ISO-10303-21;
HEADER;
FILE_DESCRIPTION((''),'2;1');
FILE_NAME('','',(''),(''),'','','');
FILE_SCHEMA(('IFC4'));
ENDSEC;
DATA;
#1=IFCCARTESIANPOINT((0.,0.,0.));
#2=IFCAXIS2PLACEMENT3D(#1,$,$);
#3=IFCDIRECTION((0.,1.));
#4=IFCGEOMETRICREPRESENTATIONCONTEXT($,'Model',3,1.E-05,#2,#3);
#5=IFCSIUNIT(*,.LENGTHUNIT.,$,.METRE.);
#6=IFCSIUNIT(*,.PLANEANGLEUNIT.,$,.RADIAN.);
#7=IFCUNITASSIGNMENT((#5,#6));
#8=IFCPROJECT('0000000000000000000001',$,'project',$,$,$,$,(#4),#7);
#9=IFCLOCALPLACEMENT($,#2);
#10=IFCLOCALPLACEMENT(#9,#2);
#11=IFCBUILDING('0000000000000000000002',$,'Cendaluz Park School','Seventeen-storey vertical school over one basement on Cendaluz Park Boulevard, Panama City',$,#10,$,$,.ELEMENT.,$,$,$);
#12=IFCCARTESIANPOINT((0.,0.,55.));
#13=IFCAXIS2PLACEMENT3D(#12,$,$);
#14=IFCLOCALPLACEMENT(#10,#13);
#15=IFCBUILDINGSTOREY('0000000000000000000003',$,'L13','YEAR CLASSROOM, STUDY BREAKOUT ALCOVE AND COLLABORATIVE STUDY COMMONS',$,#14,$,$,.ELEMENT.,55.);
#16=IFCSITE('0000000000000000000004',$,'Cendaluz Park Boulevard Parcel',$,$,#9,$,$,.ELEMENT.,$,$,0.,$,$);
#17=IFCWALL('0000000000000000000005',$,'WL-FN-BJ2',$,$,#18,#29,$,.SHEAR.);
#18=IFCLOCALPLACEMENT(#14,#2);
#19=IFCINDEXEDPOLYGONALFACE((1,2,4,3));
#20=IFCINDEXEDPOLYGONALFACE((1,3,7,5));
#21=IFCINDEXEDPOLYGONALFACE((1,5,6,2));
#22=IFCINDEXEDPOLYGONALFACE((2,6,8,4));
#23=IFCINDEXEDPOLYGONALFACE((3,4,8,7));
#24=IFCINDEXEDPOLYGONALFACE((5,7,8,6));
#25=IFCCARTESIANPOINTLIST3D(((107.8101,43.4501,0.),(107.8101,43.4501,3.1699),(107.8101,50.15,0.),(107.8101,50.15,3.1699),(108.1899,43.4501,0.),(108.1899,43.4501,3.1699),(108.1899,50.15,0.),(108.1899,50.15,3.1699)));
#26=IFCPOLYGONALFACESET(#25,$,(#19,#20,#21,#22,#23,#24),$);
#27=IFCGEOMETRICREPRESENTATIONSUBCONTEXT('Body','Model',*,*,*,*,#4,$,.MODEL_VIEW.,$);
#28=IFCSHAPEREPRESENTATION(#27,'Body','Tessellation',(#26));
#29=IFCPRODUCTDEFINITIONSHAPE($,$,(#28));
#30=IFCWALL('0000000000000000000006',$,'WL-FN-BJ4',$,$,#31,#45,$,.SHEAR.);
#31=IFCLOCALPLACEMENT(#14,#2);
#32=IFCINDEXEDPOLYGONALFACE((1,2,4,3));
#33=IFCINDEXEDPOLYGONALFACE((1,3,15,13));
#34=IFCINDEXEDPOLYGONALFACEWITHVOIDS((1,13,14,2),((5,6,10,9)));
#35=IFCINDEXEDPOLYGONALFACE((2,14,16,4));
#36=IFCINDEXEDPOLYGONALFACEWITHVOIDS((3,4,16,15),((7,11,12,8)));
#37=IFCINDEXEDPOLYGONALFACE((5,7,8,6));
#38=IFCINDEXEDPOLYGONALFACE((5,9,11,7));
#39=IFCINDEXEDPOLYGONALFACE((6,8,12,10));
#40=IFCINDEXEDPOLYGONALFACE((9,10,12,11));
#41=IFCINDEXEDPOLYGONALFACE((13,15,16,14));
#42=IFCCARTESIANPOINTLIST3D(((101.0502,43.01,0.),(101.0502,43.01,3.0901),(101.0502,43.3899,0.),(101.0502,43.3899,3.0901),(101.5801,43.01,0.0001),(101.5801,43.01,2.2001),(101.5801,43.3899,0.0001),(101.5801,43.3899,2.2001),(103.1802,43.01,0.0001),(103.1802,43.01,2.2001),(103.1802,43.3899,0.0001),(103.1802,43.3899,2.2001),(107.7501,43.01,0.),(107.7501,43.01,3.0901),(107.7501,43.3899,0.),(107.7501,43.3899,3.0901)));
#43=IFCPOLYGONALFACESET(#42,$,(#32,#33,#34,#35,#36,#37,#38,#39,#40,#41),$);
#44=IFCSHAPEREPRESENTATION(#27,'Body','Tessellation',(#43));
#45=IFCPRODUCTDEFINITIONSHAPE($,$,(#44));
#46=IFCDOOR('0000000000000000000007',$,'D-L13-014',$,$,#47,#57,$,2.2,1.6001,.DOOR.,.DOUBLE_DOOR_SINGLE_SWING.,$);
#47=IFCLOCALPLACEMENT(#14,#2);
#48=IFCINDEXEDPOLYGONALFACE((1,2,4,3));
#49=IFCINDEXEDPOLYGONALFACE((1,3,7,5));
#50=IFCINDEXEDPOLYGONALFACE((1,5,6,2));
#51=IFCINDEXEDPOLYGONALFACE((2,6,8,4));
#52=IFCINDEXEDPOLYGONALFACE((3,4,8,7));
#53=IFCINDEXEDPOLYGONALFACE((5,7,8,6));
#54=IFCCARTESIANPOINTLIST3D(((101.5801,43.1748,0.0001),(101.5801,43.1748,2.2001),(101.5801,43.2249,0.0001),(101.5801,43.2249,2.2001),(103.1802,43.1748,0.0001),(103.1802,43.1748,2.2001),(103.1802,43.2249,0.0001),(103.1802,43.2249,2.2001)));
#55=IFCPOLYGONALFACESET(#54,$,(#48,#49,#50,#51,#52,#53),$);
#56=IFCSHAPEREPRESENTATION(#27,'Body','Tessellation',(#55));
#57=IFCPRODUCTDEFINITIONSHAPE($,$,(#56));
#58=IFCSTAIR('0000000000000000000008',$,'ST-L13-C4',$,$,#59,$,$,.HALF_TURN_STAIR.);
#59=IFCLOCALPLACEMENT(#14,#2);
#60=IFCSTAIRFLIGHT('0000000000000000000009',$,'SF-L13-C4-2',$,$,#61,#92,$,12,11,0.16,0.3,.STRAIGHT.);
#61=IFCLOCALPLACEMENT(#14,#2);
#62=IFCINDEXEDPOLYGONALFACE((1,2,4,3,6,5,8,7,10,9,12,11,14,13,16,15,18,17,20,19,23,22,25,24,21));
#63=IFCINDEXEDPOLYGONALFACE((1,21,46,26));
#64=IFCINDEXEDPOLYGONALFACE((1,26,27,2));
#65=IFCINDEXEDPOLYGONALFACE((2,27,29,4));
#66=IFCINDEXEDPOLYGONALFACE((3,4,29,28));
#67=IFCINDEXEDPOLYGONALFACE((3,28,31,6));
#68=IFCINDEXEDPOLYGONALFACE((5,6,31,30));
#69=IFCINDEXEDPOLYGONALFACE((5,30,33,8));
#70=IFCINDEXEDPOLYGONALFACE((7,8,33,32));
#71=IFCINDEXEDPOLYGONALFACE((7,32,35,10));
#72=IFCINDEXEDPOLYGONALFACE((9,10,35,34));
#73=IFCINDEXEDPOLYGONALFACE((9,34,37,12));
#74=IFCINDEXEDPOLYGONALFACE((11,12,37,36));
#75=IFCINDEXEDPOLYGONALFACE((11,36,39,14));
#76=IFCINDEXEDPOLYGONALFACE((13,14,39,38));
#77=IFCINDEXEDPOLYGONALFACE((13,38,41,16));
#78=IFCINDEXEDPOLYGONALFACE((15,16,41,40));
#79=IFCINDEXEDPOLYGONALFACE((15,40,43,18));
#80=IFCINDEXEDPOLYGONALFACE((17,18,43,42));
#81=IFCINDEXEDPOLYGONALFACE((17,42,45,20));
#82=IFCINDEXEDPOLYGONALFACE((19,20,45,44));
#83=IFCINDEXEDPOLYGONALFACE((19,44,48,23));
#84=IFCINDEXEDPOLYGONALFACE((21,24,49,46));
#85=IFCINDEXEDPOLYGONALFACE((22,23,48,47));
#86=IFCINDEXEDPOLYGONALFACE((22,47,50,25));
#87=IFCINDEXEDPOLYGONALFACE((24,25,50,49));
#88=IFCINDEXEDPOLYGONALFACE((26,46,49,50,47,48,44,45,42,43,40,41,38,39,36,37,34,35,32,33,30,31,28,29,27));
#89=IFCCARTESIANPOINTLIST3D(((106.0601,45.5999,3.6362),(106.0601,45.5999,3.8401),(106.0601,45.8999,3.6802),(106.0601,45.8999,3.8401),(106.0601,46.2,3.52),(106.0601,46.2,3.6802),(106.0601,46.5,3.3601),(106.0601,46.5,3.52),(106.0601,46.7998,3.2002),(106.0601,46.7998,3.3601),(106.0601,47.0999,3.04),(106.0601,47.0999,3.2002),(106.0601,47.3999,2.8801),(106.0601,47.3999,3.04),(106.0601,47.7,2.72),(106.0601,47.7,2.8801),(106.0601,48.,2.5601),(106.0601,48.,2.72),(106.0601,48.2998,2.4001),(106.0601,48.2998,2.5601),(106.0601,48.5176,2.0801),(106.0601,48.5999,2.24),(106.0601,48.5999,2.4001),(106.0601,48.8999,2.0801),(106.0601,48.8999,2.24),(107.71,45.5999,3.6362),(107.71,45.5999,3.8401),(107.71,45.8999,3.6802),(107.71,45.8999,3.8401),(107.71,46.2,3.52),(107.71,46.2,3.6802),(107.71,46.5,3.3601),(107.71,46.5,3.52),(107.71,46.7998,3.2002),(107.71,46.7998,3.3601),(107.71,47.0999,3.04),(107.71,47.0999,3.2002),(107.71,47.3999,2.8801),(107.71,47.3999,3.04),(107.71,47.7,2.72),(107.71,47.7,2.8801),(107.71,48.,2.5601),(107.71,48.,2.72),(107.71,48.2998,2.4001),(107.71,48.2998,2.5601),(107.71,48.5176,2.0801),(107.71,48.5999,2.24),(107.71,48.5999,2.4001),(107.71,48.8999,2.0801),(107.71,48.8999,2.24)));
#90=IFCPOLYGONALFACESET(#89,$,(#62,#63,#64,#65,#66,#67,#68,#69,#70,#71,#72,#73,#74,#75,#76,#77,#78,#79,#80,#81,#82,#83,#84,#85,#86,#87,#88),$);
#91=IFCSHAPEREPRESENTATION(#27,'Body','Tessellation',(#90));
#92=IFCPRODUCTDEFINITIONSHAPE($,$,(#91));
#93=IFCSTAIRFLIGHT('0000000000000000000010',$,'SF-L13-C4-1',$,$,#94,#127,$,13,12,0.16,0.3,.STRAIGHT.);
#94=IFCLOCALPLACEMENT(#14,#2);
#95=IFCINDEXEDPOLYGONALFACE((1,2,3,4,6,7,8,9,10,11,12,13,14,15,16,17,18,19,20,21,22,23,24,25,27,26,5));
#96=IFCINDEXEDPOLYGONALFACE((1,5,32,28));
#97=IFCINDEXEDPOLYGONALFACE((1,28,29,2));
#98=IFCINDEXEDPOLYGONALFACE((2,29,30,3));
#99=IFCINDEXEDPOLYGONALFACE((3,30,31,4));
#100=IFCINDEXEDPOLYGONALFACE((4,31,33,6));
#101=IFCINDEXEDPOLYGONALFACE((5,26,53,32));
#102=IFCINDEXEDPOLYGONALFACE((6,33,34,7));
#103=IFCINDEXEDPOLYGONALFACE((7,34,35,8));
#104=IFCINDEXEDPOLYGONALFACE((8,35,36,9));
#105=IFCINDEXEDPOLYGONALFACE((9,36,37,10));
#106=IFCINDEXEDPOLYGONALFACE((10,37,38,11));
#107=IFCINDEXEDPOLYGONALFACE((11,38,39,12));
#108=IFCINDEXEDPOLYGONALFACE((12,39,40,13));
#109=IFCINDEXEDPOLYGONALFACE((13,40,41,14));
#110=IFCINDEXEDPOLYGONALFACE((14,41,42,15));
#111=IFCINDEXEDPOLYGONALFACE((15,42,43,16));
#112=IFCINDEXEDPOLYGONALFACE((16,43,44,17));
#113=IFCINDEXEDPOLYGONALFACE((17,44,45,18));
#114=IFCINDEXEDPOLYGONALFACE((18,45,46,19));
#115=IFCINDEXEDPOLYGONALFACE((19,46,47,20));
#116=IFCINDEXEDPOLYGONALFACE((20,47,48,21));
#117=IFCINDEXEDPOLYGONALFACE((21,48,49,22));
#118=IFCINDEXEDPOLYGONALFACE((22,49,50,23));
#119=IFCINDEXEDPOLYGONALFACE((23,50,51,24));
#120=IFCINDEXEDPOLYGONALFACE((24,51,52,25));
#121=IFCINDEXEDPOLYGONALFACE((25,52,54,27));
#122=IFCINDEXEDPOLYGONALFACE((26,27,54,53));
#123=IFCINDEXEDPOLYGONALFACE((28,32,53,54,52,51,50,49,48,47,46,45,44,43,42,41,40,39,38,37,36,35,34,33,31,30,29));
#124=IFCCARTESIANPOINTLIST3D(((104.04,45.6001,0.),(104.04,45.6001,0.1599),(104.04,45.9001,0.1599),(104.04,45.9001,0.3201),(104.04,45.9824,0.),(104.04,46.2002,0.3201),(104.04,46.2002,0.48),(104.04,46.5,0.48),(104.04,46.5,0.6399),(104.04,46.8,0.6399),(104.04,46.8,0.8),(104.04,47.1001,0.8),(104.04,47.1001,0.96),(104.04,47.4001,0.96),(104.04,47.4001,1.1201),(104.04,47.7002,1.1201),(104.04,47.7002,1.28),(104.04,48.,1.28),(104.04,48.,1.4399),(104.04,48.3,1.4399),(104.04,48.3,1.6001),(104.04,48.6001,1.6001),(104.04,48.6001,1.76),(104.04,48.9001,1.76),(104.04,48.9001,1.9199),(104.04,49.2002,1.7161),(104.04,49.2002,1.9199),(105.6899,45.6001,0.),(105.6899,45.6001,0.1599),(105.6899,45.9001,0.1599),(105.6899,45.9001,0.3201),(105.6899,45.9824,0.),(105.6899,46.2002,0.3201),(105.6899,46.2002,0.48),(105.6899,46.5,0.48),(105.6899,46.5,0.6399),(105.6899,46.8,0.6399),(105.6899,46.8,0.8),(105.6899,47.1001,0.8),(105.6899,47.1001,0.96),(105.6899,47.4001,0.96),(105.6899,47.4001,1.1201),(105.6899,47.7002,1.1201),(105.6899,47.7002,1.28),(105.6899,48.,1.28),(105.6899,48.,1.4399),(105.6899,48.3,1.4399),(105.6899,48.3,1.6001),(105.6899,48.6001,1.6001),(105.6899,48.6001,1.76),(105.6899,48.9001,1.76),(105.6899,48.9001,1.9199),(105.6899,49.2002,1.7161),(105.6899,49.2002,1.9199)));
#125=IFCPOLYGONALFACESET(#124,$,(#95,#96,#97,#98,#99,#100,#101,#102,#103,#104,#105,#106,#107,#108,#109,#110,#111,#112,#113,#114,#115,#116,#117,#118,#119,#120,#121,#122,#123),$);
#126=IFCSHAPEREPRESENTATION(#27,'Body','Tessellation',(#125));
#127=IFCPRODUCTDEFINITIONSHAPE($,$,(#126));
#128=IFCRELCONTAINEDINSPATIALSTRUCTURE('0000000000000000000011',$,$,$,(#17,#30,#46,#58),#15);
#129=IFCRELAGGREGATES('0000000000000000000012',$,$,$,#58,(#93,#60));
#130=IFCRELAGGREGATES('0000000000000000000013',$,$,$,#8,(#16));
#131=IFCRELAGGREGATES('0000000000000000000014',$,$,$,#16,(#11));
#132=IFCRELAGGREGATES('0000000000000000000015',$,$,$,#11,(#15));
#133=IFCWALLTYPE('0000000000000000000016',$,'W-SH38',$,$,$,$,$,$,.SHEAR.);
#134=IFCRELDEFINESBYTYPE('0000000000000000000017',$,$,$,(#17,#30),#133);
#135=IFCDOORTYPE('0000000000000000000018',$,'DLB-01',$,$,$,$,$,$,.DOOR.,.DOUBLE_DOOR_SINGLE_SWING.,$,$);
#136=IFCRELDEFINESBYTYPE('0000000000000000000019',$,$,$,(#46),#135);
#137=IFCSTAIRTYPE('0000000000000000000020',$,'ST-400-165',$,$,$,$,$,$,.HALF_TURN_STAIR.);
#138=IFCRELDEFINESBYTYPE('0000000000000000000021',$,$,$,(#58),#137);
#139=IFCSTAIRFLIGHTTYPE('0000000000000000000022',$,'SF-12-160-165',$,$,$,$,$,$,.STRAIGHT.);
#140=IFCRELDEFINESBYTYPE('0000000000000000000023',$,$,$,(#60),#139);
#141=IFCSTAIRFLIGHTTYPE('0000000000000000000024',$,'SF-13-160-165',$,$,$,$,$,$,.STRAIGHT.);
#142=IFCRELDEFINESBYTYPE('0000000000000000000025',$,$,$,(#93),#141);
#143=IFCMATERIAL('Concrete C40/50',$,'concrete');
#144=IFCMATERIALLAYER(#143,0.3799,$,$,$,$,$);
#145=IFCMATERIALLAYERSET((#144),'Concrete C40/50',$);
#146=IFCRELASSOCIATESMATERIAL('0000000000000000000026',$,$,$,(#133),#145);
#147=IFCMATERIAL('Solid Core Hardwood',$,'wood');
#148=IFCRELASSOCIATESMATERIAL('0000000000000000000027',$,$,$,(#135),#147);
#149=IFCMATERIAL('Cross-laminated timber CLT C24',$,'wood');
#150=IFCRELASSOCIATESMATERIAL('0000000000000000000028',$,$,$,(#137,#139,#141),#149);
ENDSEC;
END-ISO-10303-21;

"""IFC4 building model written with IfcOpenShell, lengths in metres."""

from ifc_helpers import new_model, si_unit, direction, frame, frame_2d, origin, place, context, subcontext, project, spatial, polyline, rectangle, outline, extrude, material, layer, layer_set, type_object, element, fill, aggregate, save


model = new_model("IFC4")

# Units and contexts
model_context = context("Model", 3, precision=1e-05, world=origin(), true_north=direction((0.0, 1.0)))
body_context = subcontext(model_context, "Body", "Model", "MODEL_VIEW")
ifc_project = project(units=[si_unit("LENGTHUNIT", "METRE"), si_unit("PLANEANGLEUNIT", "RADIAN")], contexts=[model_context])

# Site, building, storey
site_placement = place(None, origin())
site = spatial("IfcSite", under=ifc_project, at=site_placement, Name="Cendaluz Park Boulevard Parcel", CompositionType="ELEMENT", RefElevation=0.0)
building_placement = place(site_placement, origin())
building = spatial("IfcBuilding", under=site, at=building_placement, Name="Cendaluz Park School", Description="Seventeen-storey vertical school over one basement on Cendaluz Park Boulevard, Panama City", CompositionType="ELEMENT")
storey_placement = place(building_placement, frame((0.0, 0.0, 55.0)))
storey = spatial("IfcBuildingStorey", under=building, at=storey_placement, Name="L13", Description="YEAR CLASSROOM, STUDY BREAKOUT ALCOVE AND COLLABORATIVE STUDY COMMONS", CompositionType="ELEMENT", Elevation=55.0)

# Shared definitions
ifc_material_1 = material(Name="Cross-laminated timber CLT C24", Category="wood")

# Shared definitions
ifc_material_2 = material(Name="Concrete C40/50", Category="concrete")
ifc_material_3 = material(Name="Solid Core Hardwood", Category="wood")

# Shared definitions
ifc_layer_1 = layer(ifc_material_2, 0.3799)
ifc_layer_set_1 = layer_set([ifc_layer_1], Name="Concrete C40/50")
wall_type_1 = type_object("IfcWallType", Name="W-SH38", PredefinedType="SHEAR", material=ifc_layer_set_1)
door_type_1 = type_object("IfcDoorType", Name="DLB-01", OperationType="DOUBLE_DOOR_SINGLE_SWING", PredefinedType="DOOR", material=ifc_material_3)

# Wall
wall_1_placement = place(storey_placement, frame((108.0, 43.45, 0.0), z_axis=(0.0, 0.0, 1.0), x_axis=(0.0, 1.0, 0.0)))
element("IfcWall", 1, at=wall_1_placement, inside=storey, type_object=wall_type_1, Name="WL-FN-BJ2", PredefinedType="SHEAR", context=body_context, shape_type="SweptSolid", body=[
    extrude(rectangle(XDim=6.7, YDim=0.3799, at=frame_2d((3.3501, 0.0))), origin(), (0.0, 0.0, 1.0), 3.1699),
])

# Wall, opening, door
wall_2_placement = place(storey_placement, frame((101.05, 43.2, 0.0), z_axis=(0.0, 0.0, 1.0), x_axis=(1.0, 0.0, 0.0)))
wall_2 = element("IfcWall", 2, at=wall_2_placement, inside=storey, type_object=wall_type_1, Name="WL-FN-BJ4", PredefinedType="SHEAR", context=body_context, shape_type="SweptSolid", body=[
    extrude(rectangle(XDim=6.7, YDim=0.3799, at=frame_2d((3.3501, 0.0))), origin(), (0.0, 0.0, 1.0), 3.0901),
])
opening_1_placement = place(wall_2_placement, frame((0.53, 0.0, 0.0)))
opening_1 = element("IfcOpeningElement", 3, at=opening_1_placement, cuts=wall_2, PredefinedType="OPENING", context=body_context, shape_type="SweptSolid", body=[
    extrude(rectangle(XDim=1.6001, YDim=2.2, at=frame_2d((0.8, 1.1001))), frame((0.0, 0.2019, 0.0), z_axis=(0.0, -1.0, 0.0), x_axis=(1.0, 0.0, 0.0)), (0.0, 0.0, 1.0), 0.4038),
])
door_1_placement = place(opening_1_placement, origin())
door_1 = element("IfcDoor", 4, at=door_1_placement, inside=storey, type_object=door_type_1, Name="D-L13-014", OperationType="DOUBLE_DOOR_SINGLE_SWING", OverallHeight=2.2, OverallWidth=1.6001, PredefinedType="DOOR", context=body_context, shape_type="SweptSolid", body=[
    extrude(rectangle(XDim=1.6001, YDim=2.2, at=frame_2d((0.8, 1.1001))), frame((0.0, 0.0249, 0.0), z_axis=(0.0, -1.0, 0.0), x_axis=(1.0, 0.0, 0.0)), (0.0, 0.0, 1.0), 0.05),
])
fill(opening_1, door_1)

# Stair, stair flights
stair_type = type_object("IfcStairType", Name="ST-400-165", PredefinedType="HALF_TURN_STAIR", material=ifc_material_1)
stair_placement = place(storey_placement, origin())
stair = element("IfcStair", 5, at=stair_placement, inside=storey, type_object=stair_type, Name="ST-L13-C4", PredefinedType="HALF_TURN_STAIR")
stair_flight_type_1 = type_object("IfcStairFlightType", Name="SF-12-160-165", PredefinedType="STRAIGHT", material=ifc_material_1)
stair_flight_1_placement = place(storey_placement, frame((106.885, 48.8999, 2.0801), z_axis=(0.0, 0.0, 1.0), x_axis=(0.0, -1.0, 0.0)))
stair_flight_1 = element("IfcStairFlight", 6, at=stair_flight_1_placement, type_object=stair_flight_type_1, Name="SF-L13-C4-2", NumberOfRisers=12, NumberOfTreads=11, PredefinedType="STRAIGHT", RiserHeight=0.16, TreadLength=0.3, context=body_context, shape_type="SweptSolid", body=[
    extrude(outline(polyline([(0.0, 0.0), (0.0, 0.1599), (0.3, 0.1599), (0.3, 0.3201), (0.6001, 0.3201), (0.6001, 0.48), (0.8999, 0.48), (0.8999, 0.6399), (1.2, 0.6399), (1.2, 0.8), (1.5, 0.8), (1.5, 0.96), (1.8, 0.96), (1.8, 1.1201), (2.1001, 1.1201), (2.1001, 1.28), (2.3999, 1.28), (2.3999, 1.4399), (2.7, 1.4399), (2.7, 1.6001), (3.0, 1.6001), (3.0, 1.76), (3.3, 1.76), (3.3, 1.9199), (3.3, 1.5562), (0.3823, 0.0), (0.0, 0.0)])), frame((0.0, 0.825, 0.0), z_axis=(0.0, -1.0, 0.0), x_axis=(1.0, 0.0, 0.0)), (0.0, 0.0, 1.0), 1.6499),
])
stair_flight_type_2 = type_object("IfcStairFlightType", Name="SF-13-160-165", PredefinedType="STRAIGHT", material=ifc_material_1)
stair_flight_2_placement = place(storey_placement, frame((104.865, 45.6001, 0.0), z_axis=(0.0, 0.0, 1.0), x_axis=(0.0, 1.0, 0.0)))
stair_flight_2 = element("IfcStairFlight", 7, at=stair_flight_2_placement, type_object=stair_flight_type_2, Name="SF-L13-C4-1", NumberOfRisers=13, NumberOfTreads=12, PredefinedType="STRAIGHT", RiserHeight=0.16, TreadLength=0.3, context=body_context, shape_type="SweptSolid", body=[
    extrude(outline(polyline([(0.0, 0.0), (0.0, 0.1599), (0.3, 0.1599), (0.3, 0.3201), (0.6001, 0.3201), (0.6001, 0.48), (0.8999, 0.48), (0.8999, 0.6399), (1.2, 0.6399), (1.2, 0.8), (1.5, 0.8), (1.5, 0.96), (1.8, 0.96), (1.8, 1.1201), (2.1001, 1.1201), (2.1001, 1.28), (2.3999, 1.28), (2.3999, 1.4399), (2.7, 1.4399), (2.7, 1.6001), (3.0, 1.6001), (3.0, 1.76), (3.3, 1.76), (3.3, 1.9199), (3.6001, 1.9199), (3.6001, 2.0801), (3.6001, 1.7161), (0.3823, 0.0), (0.0, 0.0)])), frame((0.0, 0.825, 0.0), z_axis=(0.0, -1.0, 0.0), x_axis=(1.0, 0.0, 0.0)), (0.0, 0.0, 1.0), 1.6499),
])
aggregate(stair, [stair_flight_2, stair_flight_1])

save(model, "model.ifc")
